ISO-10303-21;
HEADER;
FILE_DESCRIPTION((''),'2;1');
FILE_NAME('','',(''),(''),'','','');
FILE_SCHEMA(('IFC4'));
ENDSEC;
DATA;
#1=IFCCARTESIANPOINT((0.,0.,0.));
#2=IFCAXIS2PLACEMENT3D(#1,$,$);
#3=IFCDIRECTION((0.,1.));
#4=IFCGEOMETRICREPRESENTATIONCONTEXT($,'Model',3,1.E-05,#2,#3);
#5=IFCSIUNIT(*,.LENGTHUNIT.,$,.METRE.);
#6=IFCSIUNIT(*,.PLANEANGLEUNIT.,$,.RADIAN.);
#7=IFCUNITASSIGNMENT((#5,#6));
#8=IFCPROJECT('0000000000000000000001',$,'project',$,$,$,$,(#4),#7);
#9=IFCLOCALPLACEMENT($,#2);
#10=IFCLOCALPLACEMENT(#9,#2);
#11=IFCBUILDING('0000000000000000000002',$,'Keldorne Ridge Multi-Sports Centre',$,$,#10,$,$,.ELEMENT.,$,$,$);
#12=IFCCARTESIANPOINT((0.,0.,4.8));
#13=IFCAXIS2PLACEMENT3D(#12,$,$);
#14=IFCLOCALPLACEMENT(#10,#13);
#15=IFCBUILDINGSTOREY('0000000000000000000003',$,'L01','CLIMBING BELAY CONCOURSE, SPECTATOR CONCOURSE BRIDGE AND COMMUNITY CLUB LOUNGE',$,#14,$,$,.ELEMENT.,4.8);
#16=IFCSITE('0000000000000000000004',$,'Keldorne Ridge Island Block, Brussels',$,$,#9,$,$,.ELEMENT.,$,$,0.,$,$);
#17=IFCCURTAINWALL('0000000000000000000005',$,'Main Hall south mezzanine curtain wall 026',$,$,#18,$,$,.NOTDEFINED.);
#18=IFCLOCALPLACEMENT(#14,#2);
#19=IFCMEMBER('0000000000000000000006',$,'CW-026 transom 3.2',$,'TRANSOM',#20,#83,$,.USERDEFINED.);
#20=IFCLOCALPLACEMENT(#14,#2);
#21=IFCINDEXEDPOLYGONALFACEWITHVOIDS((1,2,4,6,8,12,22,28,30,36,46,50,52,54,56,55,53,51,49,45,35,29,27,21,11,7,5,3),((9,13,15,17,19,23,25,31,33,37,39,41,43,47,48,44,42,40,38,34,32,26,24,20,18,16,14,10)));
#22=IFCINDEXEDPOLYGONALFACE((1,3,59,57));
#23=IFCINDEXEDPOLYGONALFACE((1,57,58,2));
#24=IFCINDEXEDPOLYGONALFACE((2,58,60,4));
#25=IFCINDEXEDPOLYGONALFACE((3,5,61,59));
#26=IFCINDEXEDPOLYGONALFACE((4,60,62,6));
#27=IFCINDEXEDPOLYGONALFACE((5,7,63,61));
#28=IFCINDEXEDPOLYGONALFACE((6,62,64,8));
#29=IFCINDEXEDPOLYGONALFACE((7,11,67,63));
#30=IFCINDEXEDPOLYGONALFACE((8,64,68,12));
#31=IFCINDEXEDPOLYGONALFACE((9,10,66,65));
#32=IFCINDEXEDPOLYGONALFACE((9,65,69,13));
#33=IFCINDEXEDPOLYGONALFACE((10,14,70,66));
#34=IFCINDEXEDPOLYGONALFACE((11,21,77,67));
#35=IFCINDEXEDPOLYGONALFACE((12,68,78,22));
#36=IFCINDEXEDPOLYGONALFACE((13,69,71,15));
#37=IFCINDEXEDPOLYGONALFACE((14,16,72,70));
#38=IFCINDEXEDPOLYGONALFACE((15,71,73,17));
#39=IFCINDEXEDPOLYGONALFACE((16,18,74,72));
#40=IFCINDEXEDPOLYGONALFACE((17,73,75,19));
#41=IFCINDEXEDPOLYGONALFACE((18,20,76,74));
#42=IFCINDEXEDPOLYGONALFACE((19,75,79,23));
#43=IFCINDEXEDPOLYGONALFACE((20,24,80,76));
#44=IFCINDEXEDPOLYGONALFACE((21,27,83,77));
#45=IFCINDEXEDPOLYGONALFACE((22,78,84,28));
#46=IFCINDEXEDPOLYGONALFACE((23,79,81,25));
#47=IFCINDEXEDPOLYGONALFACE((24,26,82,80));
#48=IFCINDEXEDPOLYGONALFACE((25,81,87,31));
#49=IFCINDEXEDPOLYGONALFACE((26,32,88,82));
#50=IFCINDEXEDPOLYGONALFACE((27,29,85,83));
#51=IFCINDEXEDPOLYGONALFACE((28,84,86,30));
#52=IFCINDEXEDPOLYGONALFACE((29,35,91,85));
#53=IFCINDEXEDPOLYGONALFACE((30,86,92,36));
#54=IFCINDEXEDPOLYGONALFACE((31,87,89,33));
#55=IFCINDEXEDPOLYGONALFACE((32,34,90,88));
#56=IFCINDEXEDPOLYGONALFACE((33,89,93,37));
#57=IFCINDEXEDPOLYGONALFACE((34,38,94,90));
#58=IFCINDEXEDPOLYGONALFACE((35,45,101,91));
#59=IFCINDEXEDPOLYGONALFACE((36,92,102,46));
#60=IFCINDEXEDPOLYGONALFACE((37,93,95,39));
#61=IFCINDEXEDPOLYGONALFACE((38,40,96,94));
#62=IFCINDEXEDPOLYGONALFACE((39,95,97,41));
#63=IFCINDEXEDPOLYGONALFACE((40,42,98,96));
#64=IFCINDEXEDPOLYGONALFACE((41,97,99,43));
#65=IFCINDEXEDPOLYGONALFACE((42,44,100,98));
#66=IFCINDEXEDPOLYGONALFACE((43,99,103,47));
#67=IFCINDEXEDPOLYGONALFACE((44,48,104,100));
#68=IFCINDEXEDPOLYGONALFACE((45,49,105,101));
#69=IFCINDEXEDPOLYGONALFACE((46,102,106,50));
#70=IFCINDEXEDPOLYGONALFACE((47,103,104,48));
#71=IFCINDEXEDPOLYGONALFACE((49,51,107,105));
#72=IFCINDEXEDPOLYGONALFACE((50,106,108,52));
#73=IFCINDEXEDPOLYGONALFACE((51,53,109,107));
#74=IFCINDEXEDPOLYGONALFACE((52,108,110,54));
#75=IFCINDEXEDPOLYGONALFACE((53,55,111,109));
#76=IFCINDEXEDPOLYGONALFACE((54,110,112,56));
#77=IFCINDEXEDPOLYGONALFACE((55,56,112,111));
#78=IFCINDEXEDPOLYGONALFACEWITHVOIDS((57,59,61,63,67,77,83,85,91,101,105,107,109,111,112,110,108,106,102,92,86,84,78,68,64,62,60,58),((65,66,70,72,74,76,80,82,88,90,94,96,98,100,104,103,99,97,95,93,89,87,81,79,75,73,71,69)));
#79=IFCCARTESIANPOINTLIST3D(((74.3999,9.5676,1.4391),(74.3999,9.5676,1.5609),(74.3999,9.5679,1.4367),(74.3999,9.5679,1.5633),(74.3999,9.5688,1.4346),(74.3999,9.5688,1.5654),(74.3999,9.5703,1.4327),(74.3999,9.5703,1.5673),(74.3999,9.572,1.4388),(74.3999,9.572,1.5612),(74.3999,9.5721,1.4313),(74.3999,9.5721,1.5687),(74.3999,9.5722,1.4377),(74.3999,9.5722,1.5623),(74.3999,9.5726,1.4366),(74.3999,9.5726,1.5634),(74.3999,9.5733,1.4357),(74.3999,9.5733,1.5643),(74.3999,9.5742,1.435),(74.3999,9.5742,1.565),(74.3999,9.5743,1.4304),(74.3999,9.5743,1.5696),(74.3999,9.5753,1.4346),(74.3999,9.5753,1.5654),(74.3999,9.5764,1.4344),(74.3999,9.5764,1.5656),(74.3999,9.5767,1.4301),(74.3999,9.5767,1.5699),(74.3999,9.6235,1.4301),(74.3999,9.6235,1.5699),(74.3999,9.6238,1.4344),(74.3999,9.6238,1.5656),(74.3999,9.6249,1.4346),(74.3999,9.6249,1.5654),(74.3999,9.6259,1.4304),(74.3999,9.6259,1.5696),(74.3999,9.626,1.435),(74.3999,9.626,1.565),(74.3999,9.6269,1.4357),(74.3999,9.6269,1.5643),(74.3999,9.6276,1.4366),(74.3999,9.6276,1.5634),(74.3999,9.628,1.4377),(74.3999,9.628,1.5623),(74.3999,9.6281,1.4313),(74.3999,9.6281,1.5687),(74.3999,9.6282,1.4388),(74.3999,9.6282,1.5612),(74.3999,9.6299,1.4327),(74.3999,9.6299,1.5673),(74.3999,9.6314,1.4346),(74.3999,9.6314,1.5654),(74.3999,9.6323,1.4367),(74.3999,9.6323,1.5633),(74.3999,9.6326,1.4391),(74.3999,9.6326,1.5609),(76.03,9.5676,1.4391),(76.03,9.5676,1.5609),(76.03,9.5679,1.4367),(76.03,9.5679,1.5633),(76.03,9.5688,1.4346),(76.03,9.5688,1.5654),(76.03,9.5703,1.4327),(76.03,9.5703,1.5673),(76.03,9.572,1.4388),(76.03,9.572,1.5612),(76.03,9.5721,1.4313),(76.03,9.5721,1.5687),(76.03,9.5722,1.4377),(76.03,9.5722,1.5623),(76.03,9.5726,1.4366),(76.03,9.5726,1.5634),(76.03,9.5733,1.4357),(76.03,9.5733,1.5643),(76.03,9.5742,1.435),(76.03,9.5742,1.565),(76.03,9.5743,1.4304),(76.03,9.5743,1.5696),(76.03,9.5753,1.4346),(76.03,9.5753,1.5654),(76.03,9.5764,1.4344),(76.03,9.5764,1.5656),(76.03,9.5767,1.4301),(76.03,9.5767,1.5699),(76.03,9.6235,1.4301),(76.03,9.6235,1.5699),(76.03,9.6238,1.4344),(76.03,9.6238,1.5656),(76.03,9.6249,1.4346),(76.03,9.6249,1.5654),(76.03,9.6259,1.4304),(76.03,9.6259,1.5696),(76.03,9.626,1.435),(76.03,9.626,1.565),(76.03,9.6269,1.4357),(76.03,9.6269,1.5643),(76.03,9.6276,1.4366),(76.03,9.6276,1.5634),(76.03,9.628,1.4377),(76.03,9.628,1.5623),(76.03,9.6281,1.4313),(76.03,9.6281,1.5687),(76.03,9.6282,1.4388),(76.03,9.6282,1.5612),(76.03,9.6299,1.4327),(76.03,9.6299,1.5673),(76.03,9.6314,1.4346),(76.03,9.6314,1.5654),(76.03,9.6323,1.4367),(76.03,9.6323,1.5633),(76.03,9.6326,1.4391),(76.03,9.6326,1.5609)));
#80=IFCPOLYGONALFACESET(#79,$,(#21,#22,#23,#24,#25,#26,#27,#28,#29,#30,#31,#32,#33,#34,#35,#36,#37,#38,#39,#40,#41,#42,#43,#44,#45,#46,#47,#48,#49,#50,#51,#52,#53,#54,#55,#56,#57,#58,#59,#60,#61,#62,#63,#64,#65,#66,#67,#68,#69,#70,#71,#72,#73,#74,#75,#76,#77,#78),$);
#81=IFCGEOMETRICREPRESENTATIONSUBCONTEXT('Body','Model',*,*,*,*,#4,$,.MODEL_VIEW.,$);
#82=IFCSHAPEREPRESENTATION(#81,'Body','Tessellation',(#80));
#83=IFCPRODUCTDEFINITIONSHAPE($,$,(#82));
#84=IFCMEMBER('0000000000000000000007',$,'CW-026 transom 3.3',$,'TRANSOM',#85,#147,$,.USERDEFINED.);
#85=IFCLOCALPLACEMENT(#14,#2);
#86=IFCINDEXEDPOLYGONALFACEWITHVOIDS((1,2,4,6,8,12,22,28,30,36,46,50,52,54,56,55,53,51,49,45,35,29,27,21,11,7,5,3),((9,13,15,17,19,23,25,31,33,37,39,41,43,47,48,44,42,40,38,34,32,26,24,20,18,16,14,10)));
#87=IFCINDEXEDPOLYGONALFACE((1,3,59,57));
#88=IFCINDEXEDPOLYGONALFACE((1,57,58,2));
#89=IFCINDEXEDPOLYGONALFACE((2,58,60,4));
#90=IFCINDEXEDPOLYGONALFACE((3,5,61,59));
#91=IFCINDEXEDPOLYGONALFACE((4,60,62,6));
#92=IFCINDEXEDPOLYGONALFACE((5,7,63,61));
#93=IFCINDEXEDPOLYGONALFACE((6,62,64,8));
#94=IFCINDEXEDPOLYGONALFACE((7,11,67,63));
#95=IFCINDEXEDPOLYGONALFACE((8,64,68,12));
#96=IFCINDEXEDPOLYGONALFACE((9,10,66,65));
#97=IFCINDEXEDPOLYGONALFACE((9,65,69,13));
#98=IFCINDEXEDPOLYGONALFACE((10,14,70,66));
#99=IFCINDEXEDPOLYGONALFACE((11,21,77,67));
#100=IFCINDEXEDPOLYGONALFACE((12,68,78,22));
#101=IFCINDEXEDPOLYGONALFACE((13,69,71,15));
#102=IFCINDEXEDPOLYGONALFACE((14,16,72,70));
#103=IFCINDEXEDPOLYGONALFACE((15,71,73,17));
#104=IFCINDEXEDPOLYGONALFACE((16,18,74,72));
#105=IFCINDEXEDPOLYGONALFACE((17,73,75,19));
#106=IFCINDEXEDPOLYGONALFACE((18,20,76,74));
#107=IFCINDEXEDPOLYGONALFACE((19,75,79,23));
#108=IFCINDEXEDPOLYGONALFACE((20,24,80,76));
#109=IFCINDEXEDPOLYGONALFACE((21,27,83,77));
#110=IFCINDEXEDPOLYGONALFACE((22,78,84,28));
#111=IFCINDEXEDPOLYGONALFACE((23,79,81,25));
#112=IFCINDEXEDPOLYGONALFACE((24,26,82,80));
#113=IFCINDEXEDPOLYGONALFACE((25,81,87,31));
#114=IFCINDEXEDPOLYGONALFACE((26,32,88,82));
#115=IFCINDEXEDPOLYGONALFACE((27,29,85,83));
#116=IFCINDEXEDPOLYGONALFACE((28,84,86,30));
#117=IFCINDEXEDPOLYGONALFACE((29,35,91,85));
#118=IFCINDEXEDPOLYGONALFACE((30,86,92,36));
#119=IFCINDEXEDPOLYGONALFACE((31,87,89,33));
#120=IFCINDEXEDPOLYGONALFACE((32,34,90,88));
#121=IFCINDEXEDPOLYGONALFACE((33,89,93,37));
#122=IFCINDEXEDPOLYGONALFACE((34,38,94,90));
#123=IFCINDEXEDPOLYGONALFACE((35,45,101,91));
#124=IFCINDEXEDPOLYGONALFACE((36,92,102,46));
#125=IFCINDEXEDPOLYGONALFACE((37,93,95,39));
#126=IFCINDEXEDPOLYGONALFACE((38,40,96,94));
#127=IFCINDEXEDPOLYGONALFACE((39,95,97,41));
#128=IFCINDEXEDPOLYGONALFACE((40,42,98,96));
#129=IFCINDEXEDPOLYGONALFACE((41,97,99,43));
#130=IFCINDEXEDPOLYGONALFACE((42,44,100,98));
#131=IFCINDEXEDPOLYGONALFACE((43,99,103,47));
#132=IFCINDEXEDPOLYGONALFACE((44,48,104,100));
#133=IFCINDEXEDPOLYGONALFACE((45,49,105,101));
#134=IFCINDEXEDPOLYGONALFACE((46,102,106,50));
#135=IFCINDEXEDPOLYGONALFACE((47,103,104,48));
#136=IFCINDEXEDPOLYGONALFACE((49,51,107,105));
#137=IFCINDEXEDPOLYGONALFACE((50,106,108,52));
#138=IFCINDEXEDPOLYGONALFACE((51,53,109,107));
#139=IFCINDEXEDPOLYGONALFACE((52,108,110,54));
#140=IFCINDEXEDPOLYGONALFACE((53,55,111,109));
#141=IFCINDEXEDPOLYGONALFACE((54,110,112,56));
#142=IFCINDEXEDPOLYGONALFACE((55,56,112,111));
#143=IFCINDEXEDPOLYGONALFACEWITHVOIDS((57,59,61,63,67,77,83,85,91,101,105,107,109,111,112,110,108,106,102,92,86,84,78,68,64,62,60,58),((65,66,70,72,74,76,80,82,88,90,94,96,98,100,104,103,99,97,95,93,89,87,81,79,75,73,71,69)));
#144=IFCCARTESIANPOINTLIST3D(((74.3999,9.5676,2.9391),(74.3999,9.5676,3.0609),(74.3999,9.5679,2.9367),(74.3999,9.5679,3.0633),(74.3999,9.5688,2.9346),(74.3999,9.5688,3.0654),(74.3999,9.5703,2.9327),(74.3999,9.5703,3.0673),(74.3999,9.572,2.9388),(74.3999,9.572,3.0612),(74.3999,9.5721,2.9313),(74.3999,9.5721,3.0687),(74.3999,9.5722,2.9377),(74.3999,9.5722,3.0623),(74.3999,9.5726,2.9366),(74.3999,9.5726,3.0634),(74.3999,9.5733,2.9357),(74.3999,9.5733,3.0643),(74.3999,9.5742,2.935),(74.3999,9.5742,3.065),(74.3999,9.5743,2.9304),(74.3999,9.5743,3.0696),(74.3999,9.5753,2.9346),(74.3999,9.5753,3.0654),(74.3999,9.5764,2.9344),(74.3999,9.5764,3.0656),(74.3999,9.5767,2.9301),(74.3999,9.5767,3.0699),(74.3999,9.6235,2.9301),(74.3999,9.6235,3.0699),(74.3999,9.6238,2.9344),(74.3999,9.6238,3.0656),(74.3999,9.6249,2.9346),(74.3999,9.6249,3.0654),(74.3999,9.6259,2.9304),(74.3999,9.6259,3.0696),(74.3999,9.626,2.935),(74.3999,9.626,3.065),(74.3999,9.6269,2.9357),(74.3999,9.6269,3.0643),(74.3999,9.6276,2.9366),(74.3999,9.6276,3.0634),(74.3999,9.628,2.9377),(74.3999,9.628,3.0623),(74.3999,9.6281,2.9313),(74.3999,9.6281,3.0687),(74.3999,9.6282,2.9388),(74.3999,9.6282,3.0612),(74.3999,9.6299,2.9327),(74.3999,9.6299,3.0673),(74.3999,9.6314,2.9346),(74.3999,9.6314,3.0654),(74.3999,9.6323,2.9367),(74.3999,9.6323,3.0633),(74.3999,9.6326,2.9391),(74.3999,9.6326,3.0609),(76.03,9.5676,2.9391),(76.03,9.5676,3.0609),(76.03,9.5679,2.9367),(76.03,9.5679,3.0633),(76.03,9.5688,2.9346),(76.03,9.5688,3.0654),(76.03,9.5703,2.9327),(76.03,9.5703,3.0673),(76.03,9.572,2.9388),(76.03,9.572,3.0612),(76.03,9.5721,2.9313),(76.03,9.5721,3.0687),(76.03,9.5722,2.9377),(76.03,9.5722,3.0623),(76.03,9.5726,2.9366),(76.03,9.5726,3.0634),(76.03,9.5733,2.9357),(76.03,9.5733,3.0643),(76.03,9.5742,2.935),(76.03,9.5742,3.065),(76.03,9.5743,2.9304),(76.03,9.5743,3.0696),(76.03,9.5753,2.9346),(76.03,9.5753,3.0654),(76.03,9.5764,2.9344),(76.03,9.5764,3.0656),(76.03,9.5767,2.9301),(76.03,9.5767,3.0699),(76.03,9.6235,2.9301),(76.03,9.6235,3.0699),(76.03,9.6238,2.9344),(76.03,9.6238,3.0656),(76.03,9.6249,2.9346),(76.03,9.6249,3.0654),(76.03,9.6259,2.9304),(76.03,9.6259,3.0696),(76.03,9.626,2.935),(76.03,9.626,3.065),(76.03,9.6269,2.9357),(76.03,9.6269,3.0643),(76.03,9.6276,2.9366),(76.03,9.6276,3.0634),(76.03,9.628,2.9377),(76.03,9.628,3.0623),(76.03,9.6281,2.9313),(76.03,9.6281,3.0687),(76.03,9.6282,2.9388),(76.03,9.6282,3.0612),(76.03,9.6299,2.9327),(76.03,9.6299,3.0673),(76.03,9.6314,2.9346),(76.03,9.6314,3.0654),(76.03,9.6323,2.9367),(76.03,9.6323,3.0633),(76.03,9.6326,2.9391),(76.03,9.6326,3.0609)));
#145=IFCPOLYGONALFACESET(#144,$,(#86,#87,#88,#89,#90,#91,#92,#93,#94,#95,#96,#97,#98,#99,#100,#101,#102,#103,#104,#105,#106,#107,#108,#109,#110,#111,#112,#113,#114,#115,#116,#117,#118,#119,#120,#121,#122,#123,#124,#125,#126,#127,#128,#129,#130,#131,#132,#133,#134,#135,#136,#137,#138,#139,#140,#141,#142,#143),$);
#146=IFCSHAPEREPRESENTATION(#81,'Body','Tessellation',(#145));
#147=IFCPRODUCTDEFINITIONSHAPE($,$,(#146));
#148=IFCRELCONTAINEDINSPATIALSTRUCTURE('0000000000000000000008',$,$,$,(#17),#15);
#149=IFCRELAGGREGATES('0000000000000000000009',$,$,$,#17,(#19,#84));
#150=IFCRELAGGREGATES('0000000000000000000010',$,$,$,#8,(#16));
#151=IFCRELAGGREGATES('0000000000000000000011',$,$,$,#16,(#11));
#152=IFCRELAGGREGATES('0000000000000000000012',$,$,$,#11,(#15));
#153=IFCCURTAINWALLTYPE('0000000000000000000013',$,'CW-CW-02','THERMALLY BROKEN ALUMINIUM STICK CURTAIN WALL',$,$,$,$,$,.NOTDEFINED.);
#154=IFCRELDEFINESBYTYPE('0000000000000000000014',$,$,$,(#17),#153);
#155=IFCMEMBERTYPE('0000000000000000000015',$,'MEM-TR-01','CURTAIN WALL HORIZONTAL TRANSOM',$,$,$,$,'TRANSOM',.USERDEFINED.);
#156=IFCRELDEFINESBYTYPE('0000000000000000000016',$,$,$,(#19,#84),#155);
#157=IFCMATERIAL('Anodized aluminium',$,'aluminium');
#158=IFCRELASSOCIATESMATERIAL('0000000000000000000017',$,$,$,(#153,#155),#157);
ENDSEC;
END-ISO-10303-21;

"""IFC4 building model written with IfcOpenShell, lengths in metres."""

from ifc_helpers import new_model, si_unit, direction, frame, origin, origin_2d, place, context, subcontext, project, spatial, hollow_rectangle, extrude, material, material_profile, profile_set, type_object, element, aggregate, save


model = new_model("IFC4")

# Units and contexts
model_context = context("Model", 3, precision=1e-05, world=origin(), true_north=direction((0.0, 1.0)))
body_context = subcontext(model_context, "Body", "Model", "MODEL_VIEW")
ifc_project = project(units=[si_unit("LENGTHUNIT", "METRE"), si_unit("PLANEANGLEUNIT", "RADIAN")], contexts=[model_context])

# Site, building, storey
site_placement = place(None, origin())
site = spatial("IfcSite", under=ifc_project, at=site_placement, Name="Keldorne Ridge Island Block, Brussels", CompositionType="ELEMENT", RefElevation=0.0)
building_placement = place(site_placement, origin())
building = spatial("IfcBuilding", under=site, at=building_placement, Name="Keldorne Ridge Multi-Sports Centre", CompositionType="ELEMENT")
storey_placement = place(building_placement, frame((0.0, 0.0, 4.8)))
storey = spatial("IfcBuildingStorey", under=building, at=storey_placement, Name="L01", Description="CLIMBING BELAY CONCOURSE, SPECTATOR CONCOURSE BRIDGE AND COMMUNITY CLUB LOUNGE", CompositionType="ELEMENT", Elevation=4.8)

# Curtain wall, members
ifc_material_1 = material(Name="Anodized aluminium", Category="aluminium")
curtain_wall_type = type_object("IfcCurtainWallType", Name="CW-CW-02", Description="THERMALLY BROKEN ALUMINIUM STICK CURTAIN WALL", PredefinedType="NOTDEFINED", material=ifc_material_1)
curtain_wall_placement = place(storey_placement, origin())
curtain_wall = element("IfcCurtainWall", 1, at=curtain_wall_placement, inside=storey, type_object=curtain_wall_type, Name="Main Hall south mezzanine curtain wall 026", PredefinedType="NOTDEFINED")
ifc_material_profile_1 = material_profile(ifc_material_1, hollow_rectangle(XDim=0.0649, YDim=0.1399, WallThickness=0.0044, InnerFilletRadius=0.0044, OuterFilletRadius=0.009, at=origin_2d()), Name="ALU TRANSOM 140x65x4.5")
ifc_profile_set_1 = profile_set([ifc_material_profile_1], Name="Anodized aluminium")
member_type_1 = type_object("IfcMemberType", Name="MEM-TR-01", Description="CURTAIN WALL HORIZONTAL TRANSOM", ElementType="TRANSOM", PredefinedType="USERDEFINED", material=ifc_profile_set_1)
member_1_placement = place(storey_placement, frame((74.3999, 9.6001, 1.5), z_axis=(1.0, 0.0, 0.0), x_axis=(0.0, 1.0, 0.0)))
member_1 = element("IfcMember", 2, at=member_1_placement, type_object=member_type_1, Name="CW-026 transom 3.2", ObjectType="TRANSOM", PredefinedType="USERDEFINED", context=body_context, shape_type="SweptSolid", body=[
    extrude(hollow_rectangle(XDim=0.0649, YDim=0.1399, WallThickness=0.0044, InnerFilletRadius=0.0044, OuterFilletRadius=0.009, at=origin_2d()), origin(), (0.0, 0.0, 1.0), 1.6301),
])
member_2_placement = place(storey_placement, frame((74.3999, 9.6001, 3.0), z_axis=(1.0, 0.0, 0.0), x_axis=(0.0, 1.0, 0.0)))
member_2 = element("IfcMember", 3, at=member_2_placement, type_object=member_type_1, Name="CW-026 transom 3.3", ObjectType="TRANSOM", PredefinedType="USERDEFINED", context=body_context, shape_type="SweptSolid", body=[
    extrude(hollow_rectangle(XDim=0.0649, YDim=0.1399, WallThickness=0.0044, InnerFilletRadius=0.0044, OuterFilletRadius=0.009, at=origin_2d()), origin(), (0.0, 0.0, 1.0), 1.6301),
])
aggregate(curtain_wall, [member_1, member_2])

save(model, "model.ifc")
